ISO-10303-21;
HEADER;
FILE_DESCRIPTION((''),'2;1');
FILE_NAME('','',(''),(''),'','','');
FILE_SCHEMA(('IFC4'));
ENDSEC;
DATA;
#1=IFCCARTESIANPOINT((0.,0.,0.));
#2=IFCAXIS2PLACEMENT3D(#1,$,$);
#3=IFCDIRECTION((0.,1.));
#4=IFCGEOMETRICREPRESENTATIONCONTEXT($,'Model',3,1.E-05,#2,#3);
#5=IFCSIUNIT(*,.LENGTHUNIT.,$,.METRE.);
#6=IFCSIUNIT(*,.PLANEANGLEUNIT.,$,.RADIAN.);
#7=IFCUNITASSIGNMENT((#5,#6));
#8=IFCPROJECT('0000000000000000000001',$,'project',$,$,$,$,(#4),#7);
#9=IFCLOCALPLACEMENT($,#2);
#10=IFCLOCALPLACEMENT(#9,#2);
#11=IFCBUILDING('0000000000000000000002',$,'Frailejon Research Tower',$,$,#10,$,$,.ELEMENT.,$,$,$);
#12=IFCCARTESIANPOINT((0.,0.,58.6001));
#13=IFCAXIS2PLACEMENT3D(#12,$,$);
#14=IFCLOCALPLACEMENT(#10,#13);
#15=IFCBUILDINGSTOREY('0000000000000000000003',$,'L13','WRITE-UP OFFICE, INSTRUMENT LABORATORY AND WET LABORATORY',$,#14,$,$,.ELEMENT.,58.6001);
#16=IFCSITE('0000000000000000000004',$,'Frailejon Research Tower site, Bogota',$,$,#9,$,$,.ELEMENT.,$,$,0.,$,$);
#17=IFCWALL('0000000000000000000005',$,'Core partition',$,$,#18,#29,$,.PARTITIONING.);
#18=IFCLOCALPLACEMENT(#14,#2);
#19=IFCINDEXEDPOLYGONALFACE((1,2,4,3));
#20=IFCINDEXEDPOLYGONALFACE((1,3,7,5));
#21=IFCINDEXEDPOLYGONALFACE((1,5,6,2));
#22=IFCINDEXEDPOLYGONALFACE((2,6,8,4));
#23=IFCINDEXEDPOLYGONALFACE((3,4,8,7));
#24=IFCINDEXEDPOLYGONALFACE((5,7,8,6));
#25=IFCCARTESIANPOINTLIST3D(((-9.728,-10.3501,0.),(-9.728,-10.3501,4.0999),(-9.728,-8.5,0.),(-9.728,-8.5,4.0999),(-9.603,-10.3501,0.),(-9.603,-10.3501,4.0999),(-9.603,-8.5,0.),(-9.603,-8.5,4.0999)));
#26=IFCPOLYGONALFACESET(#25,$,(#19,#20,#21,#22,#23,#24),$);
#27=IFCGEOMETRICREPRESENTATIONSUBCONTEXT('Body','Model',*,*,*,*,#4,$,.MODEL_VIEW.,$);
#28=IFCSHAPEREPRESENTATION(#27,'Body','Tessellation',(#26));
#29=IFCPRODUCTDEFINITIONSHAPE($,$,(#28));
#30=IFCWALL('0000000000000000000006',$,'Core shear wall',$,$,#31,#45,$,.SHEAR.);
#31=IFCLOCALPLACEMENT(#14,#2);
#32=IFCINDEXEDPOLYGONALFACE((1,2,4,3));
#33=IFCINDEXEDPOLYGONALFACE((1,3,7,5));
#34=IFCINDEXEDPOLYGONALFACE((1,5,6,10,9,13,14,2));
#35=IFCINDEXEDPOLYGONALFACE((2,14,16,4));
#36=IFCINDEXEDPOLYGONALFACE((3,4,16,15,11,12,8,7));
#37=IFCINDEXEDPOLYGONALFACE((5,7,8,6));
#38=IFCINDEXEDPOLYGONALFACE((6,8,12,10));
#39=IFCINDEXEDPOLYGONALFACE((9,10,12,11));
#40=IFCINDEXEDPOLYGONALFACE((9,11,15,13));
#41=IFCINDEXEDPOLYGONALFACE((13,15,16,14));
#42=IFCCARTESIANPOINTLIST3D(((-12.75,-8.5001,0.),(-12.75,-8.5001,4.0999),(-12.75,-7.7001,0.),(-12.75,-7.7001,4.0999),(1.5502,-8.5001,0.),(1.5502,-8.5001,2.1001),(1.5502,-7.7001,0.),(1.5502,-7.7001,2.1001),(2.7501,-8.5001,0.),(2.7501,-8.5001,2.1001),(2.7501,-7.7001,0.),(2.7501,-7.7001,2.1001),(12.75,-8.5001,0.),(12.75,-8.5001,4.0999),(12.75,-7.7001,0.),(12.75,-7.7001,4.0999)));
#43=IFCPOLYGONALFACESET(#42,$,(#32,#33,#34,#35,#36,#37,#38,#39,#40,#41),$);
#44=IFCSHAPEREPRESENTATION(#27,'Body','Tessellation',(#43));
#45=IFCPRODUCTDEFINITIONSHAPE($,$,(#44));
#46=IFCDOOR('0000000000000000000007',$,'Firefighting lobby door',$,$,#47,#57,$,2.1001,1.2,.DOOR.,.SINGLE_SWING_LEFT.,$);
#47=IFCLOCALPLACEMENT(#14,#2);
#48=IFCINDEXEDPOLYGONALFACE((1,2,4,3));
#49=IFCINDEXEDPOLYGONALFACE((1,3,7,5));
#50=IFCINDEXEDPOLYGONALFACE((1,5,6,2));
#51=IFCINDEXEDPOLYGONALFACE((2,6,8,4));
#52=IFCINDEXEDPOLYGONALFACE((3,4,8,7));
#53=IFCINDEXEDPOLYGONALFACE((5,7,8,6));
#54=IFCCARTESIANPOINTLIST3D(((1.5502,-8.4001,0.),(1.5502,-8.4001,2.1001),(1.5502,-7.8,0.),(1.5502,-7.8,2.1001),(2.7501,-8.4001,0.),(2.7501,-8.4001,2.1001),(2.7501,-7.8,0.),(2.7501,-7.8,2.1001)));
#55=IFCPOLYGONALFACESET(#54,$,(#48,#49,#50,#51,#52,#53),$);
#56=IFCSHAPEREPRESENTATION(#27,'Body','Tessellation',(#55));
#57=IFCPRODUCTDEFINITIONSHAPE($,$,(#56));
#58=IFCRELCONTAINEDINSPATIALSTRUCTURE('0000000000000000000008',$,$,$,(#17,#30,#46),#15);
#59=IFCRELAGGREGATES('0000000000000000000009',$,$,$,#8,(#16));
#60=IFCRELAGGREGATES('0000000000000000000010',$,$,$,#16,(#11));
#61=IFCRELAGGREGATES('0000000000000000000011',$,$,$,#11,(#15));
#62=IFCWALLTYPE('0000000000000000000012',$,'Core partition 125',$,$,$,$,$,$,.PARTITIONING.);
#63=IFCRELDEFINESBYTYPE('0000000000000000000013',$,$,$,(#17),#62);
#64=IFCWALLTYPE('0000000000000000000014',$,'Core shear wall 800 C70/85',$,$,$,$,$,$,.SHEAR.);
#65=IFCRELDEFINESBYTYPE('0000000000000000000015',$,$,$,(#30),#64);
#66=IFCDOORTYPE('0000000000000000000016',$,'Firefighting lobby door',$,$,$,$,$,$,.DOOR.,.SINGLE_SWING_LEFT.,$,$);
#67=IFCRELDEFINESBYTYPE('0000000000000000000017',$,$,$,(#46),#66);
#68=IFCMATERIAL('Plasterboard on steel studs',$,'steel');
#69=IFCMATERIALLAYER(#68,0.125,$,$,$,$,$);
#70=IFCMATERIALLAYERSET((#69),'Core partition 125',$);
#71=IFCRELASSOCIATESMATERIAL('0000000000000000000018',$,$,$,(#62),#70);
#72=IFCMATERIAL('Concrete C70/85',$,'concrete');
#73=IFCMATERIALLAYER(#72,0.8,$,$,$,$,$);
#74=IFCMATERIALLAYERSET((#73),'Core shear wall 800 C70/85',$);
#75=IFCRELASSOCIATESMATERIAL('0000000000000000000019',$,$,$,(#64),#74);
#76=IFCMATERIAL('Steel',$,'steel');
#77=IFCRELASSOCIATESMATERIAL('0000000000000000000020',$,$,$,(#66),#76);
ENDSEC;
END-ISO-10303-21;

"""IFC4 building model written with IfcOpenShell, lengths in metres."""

from ifc_helpers import new_model, si_unit, direction, frame, frame_2d, origin, place, context, subcontext, project, spatial, rectangle, extrude, material, layer, layer_set, type_object, element, fill, save


model = new_model("IFC4")

# Units and contexts
model_context = context("Model", 3, precision=1e-05, world=origin(), true_north=direction((0.0, 1.0)))
body_context = subcontext(model_context, "Body", "Model", "MODEL_VIEW")
ifc_project = project(units=[si_unit("LENGTHUNIT", "METRE"), si_unit("PLANEANGLEUNIT", "RADIAN")], contexts=[model_context])

# Site, building, storey
site_placement = place(None, origin())
site = spatial("IfcSite", under=ifc_project, at=site_placement, Name="Frailejon Research Tower site, Bogota", CompositionType="ELEMENT", RefElevation=0.0)
building_placement = place(site_placement, origin())
building = spatial("IfcBuilding", under=site, at=building_placement, Name="Frailejon Research Tower", CompositionType="ELEMENT")
storey_placement = place(building_placement, frame((0.0, 0.0, 58.6001)))
storey = spatial("IfcBuildingStorey", under=building, at=storey_placement, Name="L13", Description="WRITE-UP OFFICE, INSTRUMENT LABORATORY AND WET LABORATORY", CompositionType="ELEMENT", Elevation=58.6001)

# Wall
ifc_material_1 = material(Name="Plasterboard on steel studs", Category="steel")
ifc_layer_1 = layer(ifc_material_1, 0.125)
ifc_layer_set_1 = layer_set([ifc_layer_1], Name="Core partition 125")
wall_type_1 = type_object("IfcWallType", Name="Core partition 125", PredefinedType="PARTITIONING", material=ifc_layer_set_1)
wall_1_placement = place(storey_placement, frame((-9.6655, -10.3501, 0.0), z_axis=(0.0, 0.0, 1.0), x_axis=(0.0, 1.0, 0.0)))
element("IfcWall", 1, at=wall_1_placement, inside=storey, type_object=wall_type_1, Name="Core partition", PredefinedType="PARTITIONING", context=body_context, shape_type="SweptSolid", body=[
    extrude(rectangle(XDim=1.8501, YDim=0.125, at=frame_2d((0.925, 0.0))), origin(), (0.0, 0.0, 1.0), 4.0999),
])

# Wall, opening, door
ifc_material_2 = material(Name="Concrete C70/85", Category="concrete")
ifc_layer_2 = layer(ifc_material_2, 0.8)
ifc_layer_set_2 = layer_set([ifc_layer_2], Name="Core shear wall 800 C70/85")
wall_type_2 = type_object("IfcWallType", Name="Core shear wall 800 C70/85", PredefinedType="SHEAR", material=ifc_layer_set_2)
wall_2_placement = place(storey_placement, frame((-12.75, -8.1001, 0.0), z_axis=(0.0, 0.0, 1.0), x_axis=(1.0, 0.0, 0.0)))
wall_2 = element("IfcWall", 2, at=wall_2_placement, inside=storey, type_object=wall_type_2, Name="Core shear wall", PredefinedType="SHEAR", context=body_context, shape_type="SweptSolid", body=[
    extrude(rectangle(XDim=25.5, YDim=0.8, at=frame_2d((12.75, 0.0))), origin(), (0.0, 0.0, 1.0), 4.0999),
])
opening_1_placement = place(wall_2_placement, frame((14.3, 0.0, 0.0)))
opening_1 = element("IfcOpeningElement", 3, at=opening_1_placement, cuts=wall_2, PredefinedType="OPENING", context=body_context, shape_type="SweptSolid", body=[
    extrude(rectangle(XDim=1.2, YDim=2.1001, at=frame_2d((0.6001, 1.05))), frame((0.0, 0.4099, 0.0), z_axis=(0.0, -1.0, 0.0), x_axis=(1.0, 0.0, 0.0)), (0.0, 0.0, 1.0), 0.8201),
])
ifc_material_3 = material(Name="Steel", Category="steel")
door_type_1 = type_object("IfcDoorType", Name="Firefighting lobby door", OperationType="SINGLE_SWING_LEFT", PredefinedType="DOOR", material=ifc_material_3)
door_1_placement = place(opening_1_placement, origin())
door_1 = element("IfcDoor", 4, at=door_1_placement, inside=storey, type_object=door_type_1, Name="Firefighting lobby door", OperationType="SINGLE_SWING_LEFT", OverallHeight=2.1001, OverallWidth=1.2, PredefinedType="DOOR", context=body_context, shape_type="SweptSolid", body=[
    extrude(rectangle(XDim=1.2, YDim=2.1001, at=frame_2d((0.6001, 1.05))), frame((0.0, 0.3, 0.0), z_axis=(0.0, -1.0, 0.0), x_axis=(1.0, 0.0, 0.0)), (0.0, 0.0, 1.0), 0.6001),
])
fill(opening_1, door_1)

save(model, "model.ifc")
